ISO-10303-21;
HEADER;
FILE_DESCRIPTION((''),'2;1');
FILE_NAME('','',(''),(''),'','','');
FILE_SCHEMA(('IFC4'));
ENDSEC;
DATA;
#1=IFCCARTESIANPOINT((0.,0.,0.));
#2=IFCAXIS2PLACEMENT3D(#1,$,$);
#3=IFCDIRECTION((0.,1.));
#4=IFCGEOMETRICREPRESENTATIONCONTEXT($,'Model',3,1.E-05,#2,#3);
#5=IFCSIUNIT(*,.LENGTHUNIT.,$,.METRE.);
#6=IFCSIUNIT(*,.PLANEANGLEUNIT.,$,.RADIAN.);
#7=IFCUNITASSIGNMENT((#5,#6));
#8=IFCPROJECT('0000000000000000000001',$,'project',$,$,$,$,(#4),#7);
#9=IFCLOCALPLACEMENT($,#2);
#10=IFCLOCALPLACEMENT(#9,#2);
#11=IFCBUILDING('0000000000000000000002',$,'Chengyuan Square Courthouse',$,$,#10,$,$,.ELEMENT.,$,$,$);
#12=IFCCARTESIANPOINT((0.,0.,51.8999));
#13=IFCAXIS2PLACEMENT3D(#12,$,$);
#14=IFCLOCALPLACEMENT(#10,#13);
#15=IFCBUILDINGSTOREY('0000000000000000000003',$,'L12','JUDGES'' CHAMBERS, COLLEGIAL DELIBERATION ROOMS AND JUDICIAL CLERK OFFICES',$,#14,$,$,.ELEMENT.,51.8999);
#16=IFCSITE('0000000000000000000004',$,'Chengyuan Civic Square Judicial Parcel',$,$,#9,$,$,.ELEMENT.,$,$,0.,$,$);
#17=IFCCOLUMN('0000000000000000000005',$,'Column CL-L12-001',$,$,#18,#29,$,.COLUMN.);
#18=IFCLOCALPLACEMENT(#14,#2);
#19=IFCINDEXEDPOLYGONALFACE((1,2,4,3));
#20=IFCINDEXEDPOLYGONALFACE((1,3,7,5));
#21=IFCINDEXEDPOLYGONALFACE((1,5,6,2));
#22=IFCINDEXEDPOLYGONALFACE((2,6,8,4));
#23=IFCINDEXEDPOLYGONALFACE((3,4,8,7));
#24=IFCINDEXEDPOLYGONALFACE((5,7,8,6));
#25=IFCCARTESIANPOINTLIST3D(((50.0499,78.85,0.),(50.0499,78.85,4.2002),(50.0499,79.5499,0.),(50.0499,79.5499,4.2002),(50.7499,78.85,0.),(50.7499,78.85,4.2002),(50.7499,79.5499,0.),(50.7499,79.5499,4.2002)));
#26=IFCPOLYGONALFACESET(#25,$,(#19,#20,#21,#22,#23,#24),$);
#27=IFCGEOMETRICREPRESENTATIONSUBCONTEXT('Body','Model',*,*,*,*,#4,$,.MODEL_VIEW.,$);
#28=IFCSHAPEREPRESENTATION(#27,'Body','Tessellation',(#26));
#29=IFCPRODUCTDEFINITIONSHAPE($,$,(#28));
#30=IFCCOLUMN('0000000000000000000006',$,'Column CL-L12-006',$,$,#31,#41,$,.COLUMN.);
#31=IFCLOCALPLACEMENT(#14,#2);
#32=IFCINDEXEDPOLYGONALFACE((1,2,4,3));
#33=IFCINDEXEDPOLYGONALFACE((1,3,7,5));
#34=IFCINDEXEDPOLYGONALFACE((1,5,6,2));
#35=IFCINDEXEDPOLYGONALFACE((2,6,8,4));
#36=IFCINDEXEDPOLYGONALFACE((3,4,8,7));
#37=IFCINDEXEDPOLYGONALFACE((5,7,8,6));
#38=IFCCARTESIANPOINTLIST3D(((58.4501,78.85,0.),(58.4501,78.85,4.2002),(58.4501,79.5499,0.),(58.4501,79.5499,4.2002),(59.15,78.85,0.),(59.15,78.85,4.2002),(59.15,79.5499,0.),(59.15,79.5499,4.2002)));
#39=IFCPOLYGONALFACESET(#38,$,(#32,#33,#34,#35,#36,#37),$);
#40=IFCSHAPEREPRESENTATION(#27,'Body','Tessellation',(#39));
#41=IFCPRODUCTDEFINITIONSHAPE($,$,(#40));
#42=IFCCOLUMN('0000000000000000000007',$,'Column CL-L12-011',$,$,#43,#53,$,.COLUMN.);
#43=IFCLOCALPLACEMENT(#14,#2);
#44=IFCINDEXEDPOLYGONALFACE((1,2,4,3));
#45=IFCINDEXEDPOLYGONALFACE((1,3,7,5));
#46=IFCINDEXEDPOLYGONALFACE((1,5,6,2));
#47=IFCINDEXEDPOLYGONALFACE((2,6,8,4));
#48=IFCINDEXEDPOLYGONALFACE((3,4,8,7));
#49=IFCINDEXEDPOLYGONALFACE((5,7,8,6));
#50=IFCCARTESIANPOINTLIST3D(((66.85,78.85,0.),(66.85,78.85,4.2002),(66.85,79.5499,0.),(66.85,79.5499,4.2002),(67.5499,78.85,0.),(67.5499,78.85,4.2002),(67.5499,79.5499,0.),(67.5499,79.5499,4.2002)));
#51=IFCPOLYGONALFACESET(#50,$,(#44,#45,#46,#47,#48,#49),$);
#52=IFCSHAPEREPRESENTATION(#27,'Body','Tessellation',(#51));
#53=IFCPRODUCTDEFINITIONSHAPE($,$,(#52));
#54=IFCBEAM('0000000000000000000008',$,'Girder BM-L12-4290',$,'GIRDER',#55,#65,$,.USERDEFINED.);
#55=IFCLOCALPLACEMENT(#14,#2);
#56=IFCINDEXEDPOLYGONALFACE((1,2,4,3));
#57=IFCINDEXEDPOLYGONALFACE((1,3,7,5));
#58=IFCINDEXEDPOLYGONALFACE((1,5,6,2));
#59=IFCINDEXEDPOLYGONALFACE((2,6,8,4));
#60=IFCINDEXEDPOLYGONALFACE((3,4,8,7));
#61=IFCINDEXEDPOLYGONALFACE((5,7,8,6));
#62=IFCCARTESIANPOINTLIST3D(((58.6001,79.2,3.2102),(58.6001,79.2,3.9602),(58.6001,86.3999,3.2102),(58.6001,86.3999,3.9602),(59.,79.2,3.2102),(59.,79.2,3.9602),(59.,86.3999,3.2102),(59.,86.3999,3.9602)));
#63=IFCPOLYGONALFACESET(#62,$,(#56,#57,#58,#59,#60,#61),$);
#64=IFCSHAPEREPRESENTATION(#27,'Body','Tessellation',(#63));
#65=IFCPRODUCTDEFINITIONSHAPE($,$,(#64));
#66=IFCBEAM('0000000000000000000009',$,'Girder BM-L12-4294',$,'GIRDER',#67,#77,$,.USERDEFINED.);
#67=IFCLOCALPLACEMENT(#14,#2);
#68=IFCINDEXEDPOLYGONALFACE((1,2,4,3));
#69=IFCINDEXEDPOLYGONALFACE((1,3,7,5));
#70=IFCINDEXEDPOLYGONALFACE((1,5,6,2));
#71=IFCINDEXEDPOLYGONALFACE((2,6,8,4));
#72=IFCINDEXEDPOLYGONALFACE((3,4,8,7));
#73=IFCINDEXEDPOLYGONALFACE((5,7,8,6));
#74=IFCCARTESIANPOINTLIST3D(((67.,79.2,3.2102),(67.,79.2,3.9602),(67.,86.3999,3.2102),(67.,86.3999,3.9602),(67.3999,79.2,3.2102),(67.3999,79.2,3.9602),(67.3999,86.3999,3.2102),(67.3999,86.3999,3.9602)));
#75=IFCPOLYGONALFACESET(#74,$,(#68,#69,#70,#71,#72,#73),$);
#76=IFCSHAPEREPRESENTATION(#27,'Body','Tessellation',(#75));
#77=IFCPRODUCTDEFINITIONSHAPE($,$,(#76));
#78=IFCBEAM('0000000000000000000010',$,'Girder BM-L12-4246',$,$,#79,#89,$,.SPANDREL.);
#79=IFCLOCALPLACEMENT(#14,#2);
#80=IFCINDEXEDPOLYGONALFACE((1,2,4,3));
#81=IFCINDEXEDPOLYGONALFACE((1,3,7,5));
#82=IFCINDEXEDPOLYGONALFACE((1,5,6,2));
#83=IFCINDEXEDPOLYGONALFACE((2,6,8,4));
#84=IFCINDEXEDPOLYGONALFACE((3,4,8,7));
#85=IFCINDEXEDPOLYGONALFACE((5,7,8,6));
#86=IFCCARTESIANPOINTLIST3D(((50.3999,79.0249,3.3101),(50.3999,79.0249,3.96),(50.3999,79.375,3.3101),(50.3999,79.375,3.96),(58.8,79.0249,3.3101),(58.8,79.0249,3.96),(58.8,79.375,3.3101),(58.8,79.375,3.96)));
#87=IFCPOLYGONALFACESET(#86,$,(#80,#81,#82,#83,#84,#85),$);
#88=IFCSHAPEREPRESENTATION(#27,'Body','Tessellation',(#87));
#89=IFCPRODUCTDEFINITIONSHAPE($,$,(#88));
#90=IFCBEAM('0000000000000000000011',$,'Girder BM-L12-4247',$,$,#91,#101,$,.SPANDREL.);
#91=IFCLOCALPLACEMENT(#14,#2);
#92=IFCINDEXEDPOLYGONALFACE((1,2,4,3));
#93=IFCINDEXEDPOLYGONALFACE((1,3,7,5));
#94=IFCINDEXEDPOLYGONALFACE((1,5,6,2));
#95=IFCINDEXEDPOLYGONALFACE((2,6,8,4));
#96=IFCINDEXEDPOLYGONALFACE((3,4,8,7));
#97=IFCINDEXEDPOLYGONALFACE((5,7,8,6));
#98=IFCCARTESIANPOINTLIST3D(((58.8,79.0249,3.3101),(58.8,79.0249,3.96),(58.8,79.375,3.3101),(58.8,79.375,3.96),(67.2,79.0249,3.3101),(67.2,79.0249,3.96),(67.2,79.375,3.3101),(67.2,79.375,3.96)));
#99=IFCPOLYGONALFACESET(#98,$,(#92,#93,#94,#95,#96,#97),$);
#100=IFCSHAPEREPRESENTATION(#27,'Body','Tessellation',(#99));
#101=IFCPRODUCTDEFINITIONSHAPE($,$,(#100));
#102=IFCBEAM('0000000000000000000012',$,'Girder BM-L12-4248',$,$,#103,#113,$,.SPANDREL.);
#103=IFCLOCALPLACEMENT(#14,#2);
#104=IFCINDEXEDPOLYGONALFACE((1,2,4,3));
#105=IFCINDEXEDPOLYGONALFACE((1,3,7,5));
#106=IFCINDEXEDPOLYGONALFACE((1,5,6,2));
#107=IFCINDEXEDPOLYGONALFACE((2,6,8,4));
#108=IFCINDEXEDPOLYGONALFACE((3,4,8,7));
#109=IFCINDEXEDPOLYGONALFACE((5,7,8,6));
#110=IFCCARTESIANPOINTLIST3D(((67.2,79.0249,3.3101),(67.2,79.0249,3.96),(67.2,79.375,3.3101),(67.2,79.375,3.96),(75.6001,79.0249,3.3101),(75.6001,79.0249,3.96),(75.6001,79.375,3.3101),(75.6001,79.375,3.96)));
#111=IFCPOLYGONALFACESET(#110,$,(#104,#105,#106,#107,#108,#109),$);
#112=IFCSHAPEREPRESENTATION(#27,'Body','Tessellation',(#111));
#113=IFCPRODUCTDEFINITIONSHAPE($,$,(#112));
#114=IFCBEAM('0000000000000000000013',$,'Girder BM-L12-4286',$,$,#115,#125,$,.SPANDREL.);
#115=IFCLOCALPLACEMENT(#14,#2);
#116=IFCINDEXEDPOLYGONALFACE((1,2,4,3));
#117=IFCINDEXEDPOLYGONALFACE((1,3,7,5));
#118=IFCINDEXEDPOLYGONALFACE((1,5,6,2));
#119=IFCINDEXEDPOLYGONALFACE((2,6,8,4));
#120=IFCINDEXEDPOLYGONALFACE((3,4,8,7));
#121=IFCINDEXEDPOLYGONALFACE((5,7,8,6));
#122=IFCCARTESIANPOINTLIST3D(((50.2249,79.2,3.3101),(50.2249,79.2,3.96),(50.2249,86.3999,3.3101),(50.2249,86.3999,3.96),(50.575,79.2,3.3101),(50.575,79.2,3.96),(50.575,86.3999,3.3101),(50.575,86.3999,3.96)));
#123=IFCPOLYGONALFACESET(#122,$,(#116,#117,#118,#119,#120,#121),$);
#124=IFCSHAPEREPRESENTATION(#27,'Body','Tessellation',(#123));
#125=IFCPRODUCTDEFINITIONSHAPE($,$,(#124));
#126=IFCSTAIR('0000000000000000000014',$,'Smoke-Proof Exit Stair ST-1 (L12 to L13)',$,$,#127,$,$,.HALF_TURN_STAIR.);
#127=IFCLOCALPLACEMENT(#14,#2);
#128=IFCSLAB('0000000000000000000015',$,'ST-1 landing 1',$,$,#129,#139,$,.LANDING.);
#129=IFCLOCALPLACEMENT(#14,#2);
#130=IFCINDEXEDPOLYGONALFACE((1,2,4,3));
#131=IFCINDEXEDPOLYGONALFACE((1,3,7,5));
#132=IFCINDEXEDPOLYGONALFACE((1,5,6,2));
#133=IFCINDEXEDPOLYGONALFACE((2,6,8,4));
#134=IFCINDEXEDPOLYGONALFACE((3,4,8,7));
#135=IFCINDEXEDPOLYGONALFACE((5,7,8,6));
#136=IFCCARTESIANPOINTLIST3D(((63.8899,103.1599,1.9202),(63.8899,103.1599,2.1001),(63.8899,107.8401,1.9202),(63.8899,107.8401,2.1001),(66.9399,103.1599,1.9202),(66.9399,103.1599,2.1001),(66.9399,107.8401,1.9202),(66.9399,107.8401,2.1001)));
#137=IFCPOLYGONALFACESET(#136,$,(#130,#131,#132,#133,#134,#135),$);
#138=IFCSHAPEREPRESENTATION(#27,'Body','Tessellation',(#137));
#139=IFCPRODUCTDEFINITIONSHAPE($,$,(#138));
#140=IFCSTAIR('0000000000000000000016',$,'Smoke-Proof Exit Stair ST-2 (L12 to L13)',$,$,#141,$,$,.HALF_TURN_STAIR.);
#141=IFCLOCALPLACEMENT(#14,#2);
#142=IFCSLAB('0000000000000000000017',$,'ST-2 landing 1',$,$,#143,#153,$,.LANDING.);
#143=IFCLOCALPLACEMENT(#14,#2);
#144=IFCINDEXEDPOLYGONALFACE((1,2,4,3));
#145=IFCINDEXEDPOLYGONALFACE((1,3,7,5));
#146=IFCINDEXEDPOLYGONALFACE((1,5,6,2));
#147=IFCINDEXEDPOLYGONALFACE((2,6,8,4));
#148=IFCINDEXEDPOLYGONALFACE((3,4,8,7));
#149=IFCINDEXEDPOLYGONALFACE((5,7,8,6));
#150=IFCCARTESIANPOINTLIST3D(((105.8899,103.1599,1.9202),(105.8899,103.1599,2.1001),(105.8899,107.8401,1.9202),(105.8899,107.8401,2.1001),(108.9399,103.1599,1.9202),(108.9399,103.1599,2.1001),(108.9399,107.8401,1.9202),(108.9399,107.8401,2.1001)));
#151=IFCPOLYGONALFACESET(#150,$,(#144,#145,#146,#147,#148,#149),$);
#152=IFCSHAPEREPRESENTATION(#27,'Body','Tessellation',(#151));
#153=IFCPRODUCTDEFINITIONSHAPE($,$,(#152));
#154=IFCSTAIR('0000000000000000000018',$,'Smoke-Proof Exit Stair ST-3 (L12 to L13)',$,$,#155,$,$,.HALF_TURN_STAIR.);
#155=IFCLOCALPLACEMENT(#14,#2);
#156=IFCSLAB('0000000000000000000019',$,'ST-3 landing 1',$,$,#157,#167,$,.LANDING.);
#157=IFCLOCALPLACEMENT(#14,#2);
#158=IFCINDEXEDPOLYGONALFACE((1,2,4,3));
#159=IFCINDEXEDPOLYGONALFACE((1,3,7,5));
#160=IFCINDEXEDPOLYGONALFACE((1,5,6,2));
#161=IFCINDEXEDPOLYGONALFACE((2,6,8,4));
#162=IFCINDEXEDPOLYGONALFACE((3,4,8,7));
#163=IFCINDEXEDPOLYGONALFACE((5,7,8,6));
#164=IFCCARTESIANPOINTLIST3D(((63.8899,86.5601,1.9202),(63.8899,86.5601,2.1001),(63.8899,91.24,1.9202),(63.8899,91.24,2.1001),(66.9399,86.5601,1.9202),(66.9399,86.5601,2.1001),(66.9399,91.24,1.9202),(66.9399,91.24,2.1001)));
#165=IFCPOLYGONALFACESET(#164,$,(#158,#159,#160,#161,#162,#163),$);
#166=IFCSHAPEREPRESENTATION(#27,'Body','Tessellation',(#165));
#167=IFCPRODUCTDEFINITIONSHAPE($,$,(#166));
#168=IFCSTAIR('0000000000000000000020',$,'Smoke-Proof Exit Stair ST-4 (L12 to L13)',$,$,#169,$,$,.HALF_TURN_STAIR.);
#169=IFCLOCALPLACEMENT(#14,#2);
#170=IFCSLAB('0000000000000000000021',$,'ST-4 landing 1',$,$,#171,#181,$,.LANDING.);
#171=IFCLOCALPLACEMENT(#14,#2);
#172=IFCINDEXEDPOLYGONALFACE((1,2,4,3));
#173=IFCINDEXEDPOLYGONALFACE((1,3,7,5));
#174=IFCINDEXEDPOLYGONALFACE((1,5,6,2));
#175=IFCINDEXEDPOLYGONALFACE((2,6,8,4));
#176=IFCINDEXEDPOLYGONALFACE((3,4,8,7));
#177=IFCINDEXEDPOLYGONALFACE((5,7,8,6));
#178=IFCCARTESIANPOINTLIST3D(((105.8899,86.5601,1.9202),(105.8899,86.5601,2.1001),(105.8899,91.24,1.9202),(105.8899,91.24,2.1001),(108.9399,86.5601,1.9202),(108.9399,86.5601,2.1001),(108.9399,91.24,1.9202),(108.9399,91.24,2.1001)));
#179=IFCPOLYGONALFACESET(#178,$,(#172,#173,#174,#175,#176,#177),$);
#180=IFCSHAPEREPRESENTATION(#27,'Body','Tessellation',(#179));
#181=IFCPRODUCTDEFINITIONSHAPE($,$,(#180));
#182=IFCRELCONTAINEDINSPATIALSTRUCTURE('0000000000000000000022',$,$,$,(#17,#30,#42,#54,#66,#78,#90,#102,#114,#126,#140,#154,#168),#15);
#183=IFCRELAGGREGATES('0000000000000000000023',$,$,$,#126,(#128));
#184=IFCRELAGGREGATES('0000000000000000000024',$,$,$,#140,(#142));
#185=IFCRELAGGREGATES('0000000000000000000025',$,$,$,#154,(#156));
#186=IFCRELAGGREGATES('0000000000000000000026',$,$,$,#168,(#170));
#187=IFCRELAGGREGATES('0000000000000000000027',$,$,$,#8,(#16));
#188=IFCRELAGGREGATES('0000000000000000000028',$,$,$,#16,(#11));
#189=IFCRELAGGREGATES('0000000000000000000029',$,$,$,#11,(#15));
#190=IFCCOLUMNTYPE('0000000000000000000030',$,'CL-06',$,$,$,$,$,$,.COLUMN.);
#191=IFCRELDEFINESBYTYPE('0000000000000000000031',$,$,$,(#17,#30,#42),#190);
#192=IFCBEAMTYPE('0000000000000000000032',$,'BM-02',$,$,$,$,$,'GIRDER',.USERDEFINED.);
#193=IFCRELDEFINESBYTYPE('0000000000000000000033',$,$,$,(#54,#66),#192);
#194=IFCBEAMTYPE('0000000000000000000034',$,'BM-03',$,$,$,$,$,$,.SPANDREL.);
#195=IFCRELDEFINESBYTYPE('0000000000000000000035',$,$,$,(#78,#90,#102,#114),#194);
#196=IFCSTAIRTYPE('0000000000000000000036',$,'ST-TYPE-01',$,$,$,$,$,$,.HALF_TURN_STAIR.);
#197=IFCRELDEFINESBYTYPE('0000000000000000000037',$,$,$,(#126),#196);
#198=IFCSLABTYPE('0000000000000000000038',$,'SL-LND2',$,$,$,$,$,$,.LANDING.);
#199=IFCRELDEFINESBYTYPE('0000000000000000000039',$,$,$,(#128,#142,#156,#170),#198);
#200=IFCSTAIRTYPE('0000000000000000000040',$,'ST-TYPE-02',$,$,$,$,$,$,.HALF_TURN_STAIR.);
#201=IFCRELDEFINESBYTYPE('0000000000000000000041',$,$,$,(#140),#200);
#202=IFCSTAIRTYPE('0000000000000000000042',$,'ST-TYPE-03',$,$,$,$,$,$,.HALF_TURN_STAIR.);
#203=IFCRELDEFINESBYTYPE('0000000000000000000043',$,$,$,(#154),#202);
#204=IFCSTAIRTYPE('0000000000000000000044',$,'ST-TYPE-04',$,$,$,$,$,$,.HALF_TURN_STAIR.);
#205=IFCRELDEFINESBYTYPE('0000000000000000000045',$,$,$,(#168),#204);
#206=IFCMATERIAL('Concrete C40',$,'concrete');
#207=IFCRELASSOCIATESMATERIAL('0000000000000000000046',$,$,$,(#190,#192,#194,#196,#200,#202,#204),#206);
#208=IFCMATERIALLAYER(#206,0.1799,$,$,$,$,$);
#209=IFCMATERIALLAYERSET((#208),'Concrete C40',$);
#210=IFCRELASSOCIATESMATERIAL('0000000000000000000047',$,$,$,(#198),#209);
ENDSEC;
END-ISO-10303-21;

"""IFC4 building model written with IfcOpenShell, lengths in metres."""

from ifc_helpers import new_model, si_unit, direction, frame, origin, origin_2d, place, context, subcontext, project, spatial, polyline, rectangle, outline, extrude, material, layer, layer_set, material_profile, profile_set, type_object, element, aggregate, save


model = new_model("IFC4")

# Units and contexts
model_context = context("Model", 3, precision=1e-05, world=origin(), true_north=direction((0.0, 1.0)))
body_context = subcontext(model_context, "Body", "Model", "MODEL_VIEW")
ifc_project = project(units=[si_unit("LENGTHUNIT", "METRE"), si_unit("PLANEANGLEUNIT", "RADIAN")], contexts=[model_context])

# Site, building, storey
site_placement = place(None, origin())
site = spatial("IfcSite", under=ifc_project, at=site_placement, Name="Chengyuan Civic Square Judicial Parcel", CompositionType="ELEMENT", RefElevation=0.0)
building_placement = place(site_placement, origin())
building = spatial("IfcBuilding", under=site, at=building_placement, Name="Chengyuan Square Courthouse", CompositionType="ELEMENT")
storey_placement = place(building_placement, frame((0.0, 0.0, 51.8999)))
storey = spatial("IfcBuildingStorey", under=building, at=storey_placement, Name="L12", Description="JUDGES' CHAMBERS, COLLEGIAL DELIBERATION ROOMS AND JUDICIAL CLERK OFFICES", CompositionType="ELEMENT", Elevation=51.8999)

# Columns
ifc_material_1 = material(Name="Concrete C40", Category="concrete")
ifc_material_profile_1 = material_profile(ifc_material_1, rectangle(XDim=0.7, YDim=0.7, at=origin_2d()), Name="RC-COL-700x700")
ifc_profile_set_1 = profile_set([ifc_material_profile_1], Name="Concrete C40")
column_type = type_object("IfcColumnType", Name="CL-06", PredefinedType="COLUMN", material=ifc_profile_set_1)
for number, where, z_axis, x_axis, name in (
    (1, (50.3999, 79.2, 0.0), (0.0, 0.0, 1.0), (1.0, 0.0, 0.0), "Column CL-L12-001"),
    (2, (58.8, 79.2, 0.0), (0.0, 0.0, 1.0), (1.0, 0.0, 0.0), "Column CL-L12-006"),
    (3, (67.2, 79.2, 0.0), (0.0, 0.0, 1.0), (1.0, 0.0, 0.0), "Column CL-L12-011"),
):
    element("IfcColumn", number, at=place(storey_placement, frame(where, z_axis=z_axis, x_axis=x_axis)), inside=storey, type_object=column_type, Name=name, PredefinedType="COLUMN", context=body_context, shape_type="SweptSolid", body=[
        extrude(rectangle(XDim=0.7, YDim=0.7, at=origin_2d()), origin(), (0.0, 0.0, 1.0), 4.2002),
    ])

# Beams
ifc_material_profile_2 = material_profile(ifc_material_1, rectangle(XDim=0.3999, YDim=0.75, at=origin_2d()), Name="RC-BM-400x750")
ifc_profile_set_2 = profile_set([ifc_material_profile_2], Name="Concrete C40")
beam_type_1 = type_object("IfcBeamType", Name="BM-02", ElementType="GIRDER", PredefinedType="USERDEFINED", material=ifc_profile_set_2)
for number, where, z_axis, x_axis, name in (
    (4, (58.8, 79.2, 3.5852), (0.0, 1.0, 0.0), (-1.0, 0.0, 0.0), "Girder BM-L12-4290"),
    (5, (67.2, 79.2, 3.5852), (0.0, 1.0, 0.0), (-1.0, 0.0, 0.0), "Girder BM-L12-4294"),
):
    element("IfcBeam", number, at=place(storey_placement, frame(where, z_axis=z_axis, x_axis=x_axis)), inside=storey, type_object=beam_type_1, Name=name, ObjectType="GIRDER", PredefinedType="USERDEFINED", context=body_context, shape_type="SweptSolid", body=[
        extrude(rectangle(XDim=0.3999, YDim=0.75, at=origin_2d()), origin(), (0.0, 0.0, 1.0), 7.2),
    ])
ifc_material_profile_3 = material_profile(ifc_material_1, rectangle(XDim=0.3501, YDim=0.6499, at=origin_2d()), Name="RC-BM-350x650")
ifc_profile_set_3 = profile_set([ifc_material_profile_3], Name="Concrete C40")
beam_type_2 = type_object("IfcBeamType", Name="BM-03", PredefinedType="SPANDREL", material=ifc_profile_set_3)
beam_1_placement = place(storey_placement, frame((50.3999, 79.2, 3.635), z_axis=(1.0, 0.0, 0.0), x_axis=(0.0, 1.0, 0.0)))
element("IfcBeam", 6, at=beam_1_placement, inside=storey, type_object=beam_type_2, Name="Girder BM-L12-4246", PredefinedType="SPANDREL", context=body_context, shape_type="SweptSolid", body=[
    extrude(rectangle(XDim=0.3501, YDim=0.6499, at=origin_2d()), origin(), (0.0, 0.0, 1.0), 8.4001),
])
beam_2_placement = place(storey_placement, frame((58.8, 79.2, 3.635), z_axis=(1.0, 0.0, 0.0), x_axis=(0.0, 1.0, 0.0)))
element("IfcBeam", 7, at=beam_2_placement, inside=storey, type_object=beam_type_2, Name="Girder BM-L12-4247", PredefinedType="SPANDREL", context=body_context, shape_type="SweptSolid", body=[
    extrude(rectangle(XDim=0.3501, YDim=0.6499, at=origin_2d()), origin(), (0.0, 0.0, 1.0), 8.3999),
])
beam_3_placement = place(storey_placement, frame((67.2, 79.2, 3.635), z_axis=(1.0, 0.0, 0.0), x_axis=(0.0, 1.0, 0.0)))
element("IfcBeam", 8, at=beam_3_placement, inside=storey, type_object=beam_type_2, Name="Girder BM-L12-4248", PredefinedType="SPANDREL", context=body_context, shape_type="SweptSolid", body=[
    extrude(rectangle(XDim=0.3501, YDim=0.6499, at=origin_2d()), origin(), (0.0, 0.0, 1.0), 8.4001),
])
beam_4_placement = place(storey_placement, frame((50.3999, 79.2, 3.635), z_axis=(0.0, 1.0, 0.0), x_axis=(-1.0, 0.0, 0.0)))
element("IfcBeam", 9, at=beam_4_placement, inside=storey, type_object=beam_type_2, Name="Girder BM-L12-4286", PredefinedType="SPANDREL", context=body_context, shape_type="SweptSolid", body=[
    extrude(rectangle(XDim=0.3501, YDim=0.6499, at=origin_2d()), origin(), (0.0, 0.0, 1.0), 7.2),
])

# Stairs, slabs
stair_type_1 = type_object("IfcStairType", Name="ST-TYPE-01", PredefinedType="HALF_TURN_STAIR", material=ifc_material_1)
stair_1_placement = place(storey_placement, origin())
stair_1 = element("IfcStair", 10, at=stair_1_placement, inside=storey, type_object=stair_type_1, Name="Smoke-Proof Exit Stair ST-1 (L12 to L13)", PredefinedType="HALF_TURN_STAIR")
ifc_layer_1 = layer(ifc_material_1, 0.1799)
ifc_layer_set_1 = layer_set([ifc_layer_1], Name="Concrete C40")
slab_type_1 = type_object("IfcSlabType", Name="SL-LND2", PredefinedType="LANDING", material=ifc_layer_set_1)
slab_1_placement = place(storey_placement, frame((0.0, 0.0, 1.9202)))
slab_1 = element("IfcSlab", 11, at=slab_1_placement, type_object=slab_type_1, Name="ST-1 landing 1", PredefinedType="LANDING", context=body_context, shape_type="SweptSolid", body=[
    extrude(outline(polyline([(63.8899, 103.1599), (66.9399, 103.1599), (66.9399, 107.8401), (63.8899, 107.8401), (63.8899, 103.1599)])), origin(), (0.0, 0.0, 1.0), 0.1799),
])
aggregate(stair_1, [slab_1])
stair_type_2 = type_object("IfcStairType", Name="ST-TYPE-02", PredefinedType="HALF_TURN_STAIR", material=ifc_material_1)
stair_2_placement = place(storey_placement, origin())
stair_2 = element("IfcStair", 12, at=stair_2_placement, inside=storey, type_object=stair_type_2, Name="Smoke-Proof Exit Stair ST-2 (L12 to L13)", PredefinedType="HALF_TURN_STAIR")
slab_2_placement = place(storey_placement, frame((0.0, 0.0, 1.9202)))
slab_2 = element("IfcSlab", 13, at=slab_2_placement, type_object=slab_type_1, Name="ST-2 landing 1", PredefinedType="LANDING", context=body_context, shape_type="SweptSolid", body=[
    extrude(outline(polyline([(105.8899, 103.1599), (108.9399, 103.1599), (108.9399, 107.8401), (105.8899, 107.8401), (105.8899, 103.1599)])), origin(), (0.0, 0.0, 1.0), 0.1799),
])
aggregate(stair_2, [slab_2])
stair_type_3 = type_object("IfcStairType", Name="ST-TYPE-03", PredefinedType="HALF_TURN_STAIR", material=ifc_material_1)
stair_3_placement = place(storey_placement, origin())
stair_3 = element("IfcStair", 14, at=stair_3_placement, inside=storey, type_object=stair_type_3, Name="Smoke-Proof Exit Stair ST-3 (L12 to L13)", PredefinedType="HALF_TURN_STAIR")
slab_3_placement = place(storey_placement, frame((0.0, 0.0, 1.9202)))
slab_3 = element("IfcSlab", 15, at=slab_3_placement, type_object=slab_type_1, Name="ST-3 landing 1", PredefinedType="LANDING", context=body_context, shape_type="SweptSolid", body=[
    extrude(outline(polyline([(63.8899, 86.5601), (66.9399, 86.5601), (66.9399, 91.24), (63.8899, 91.24), (63.8899, 86.5601)])), origin(), (0.0, 0.0, 1.0), 0.1799),
])
aggregate(stair_3, [slab_3])
stair_type_4 = type_object("IfcStairType", Name="ST-TYPE-04", PredefinedType="HALF_TURN_STAIR", material=ifc_material_1)
stair_4_placement = place(storey_placement, origin())
stair_4 = element("IfcStair", 16, at=stair_4_placement, inside=storey, type_object=stair_type_4, Name="Smoke-Proof Exit Stair ST-4 (L12 to L13)", PredefinedType="HALF_TURN_STAIR")
slab_4_placement = place(storey_placement, frame((0.0, 0.0, 1.9202)))
slab_4 = element("IfcSlab", 17, at=slab_4_placement, type_object=slab_type_1, Name="ST-4 landing 1", PredefinedType="LANDING", context=body_context, shape_type="SweptSolid", body=[
    extrude(outline(polyline([(105.8899, 86.5601), (108.9399, 86.5601), (108.9399, 91.24), (105.8899, 91.24), (105.8899, 86.5601)])), origin(), (0.0, 0.0, 1.0), 0.1799),
])
aggregate(stair_4, [slab_4])

save(model, "model.ifc")
